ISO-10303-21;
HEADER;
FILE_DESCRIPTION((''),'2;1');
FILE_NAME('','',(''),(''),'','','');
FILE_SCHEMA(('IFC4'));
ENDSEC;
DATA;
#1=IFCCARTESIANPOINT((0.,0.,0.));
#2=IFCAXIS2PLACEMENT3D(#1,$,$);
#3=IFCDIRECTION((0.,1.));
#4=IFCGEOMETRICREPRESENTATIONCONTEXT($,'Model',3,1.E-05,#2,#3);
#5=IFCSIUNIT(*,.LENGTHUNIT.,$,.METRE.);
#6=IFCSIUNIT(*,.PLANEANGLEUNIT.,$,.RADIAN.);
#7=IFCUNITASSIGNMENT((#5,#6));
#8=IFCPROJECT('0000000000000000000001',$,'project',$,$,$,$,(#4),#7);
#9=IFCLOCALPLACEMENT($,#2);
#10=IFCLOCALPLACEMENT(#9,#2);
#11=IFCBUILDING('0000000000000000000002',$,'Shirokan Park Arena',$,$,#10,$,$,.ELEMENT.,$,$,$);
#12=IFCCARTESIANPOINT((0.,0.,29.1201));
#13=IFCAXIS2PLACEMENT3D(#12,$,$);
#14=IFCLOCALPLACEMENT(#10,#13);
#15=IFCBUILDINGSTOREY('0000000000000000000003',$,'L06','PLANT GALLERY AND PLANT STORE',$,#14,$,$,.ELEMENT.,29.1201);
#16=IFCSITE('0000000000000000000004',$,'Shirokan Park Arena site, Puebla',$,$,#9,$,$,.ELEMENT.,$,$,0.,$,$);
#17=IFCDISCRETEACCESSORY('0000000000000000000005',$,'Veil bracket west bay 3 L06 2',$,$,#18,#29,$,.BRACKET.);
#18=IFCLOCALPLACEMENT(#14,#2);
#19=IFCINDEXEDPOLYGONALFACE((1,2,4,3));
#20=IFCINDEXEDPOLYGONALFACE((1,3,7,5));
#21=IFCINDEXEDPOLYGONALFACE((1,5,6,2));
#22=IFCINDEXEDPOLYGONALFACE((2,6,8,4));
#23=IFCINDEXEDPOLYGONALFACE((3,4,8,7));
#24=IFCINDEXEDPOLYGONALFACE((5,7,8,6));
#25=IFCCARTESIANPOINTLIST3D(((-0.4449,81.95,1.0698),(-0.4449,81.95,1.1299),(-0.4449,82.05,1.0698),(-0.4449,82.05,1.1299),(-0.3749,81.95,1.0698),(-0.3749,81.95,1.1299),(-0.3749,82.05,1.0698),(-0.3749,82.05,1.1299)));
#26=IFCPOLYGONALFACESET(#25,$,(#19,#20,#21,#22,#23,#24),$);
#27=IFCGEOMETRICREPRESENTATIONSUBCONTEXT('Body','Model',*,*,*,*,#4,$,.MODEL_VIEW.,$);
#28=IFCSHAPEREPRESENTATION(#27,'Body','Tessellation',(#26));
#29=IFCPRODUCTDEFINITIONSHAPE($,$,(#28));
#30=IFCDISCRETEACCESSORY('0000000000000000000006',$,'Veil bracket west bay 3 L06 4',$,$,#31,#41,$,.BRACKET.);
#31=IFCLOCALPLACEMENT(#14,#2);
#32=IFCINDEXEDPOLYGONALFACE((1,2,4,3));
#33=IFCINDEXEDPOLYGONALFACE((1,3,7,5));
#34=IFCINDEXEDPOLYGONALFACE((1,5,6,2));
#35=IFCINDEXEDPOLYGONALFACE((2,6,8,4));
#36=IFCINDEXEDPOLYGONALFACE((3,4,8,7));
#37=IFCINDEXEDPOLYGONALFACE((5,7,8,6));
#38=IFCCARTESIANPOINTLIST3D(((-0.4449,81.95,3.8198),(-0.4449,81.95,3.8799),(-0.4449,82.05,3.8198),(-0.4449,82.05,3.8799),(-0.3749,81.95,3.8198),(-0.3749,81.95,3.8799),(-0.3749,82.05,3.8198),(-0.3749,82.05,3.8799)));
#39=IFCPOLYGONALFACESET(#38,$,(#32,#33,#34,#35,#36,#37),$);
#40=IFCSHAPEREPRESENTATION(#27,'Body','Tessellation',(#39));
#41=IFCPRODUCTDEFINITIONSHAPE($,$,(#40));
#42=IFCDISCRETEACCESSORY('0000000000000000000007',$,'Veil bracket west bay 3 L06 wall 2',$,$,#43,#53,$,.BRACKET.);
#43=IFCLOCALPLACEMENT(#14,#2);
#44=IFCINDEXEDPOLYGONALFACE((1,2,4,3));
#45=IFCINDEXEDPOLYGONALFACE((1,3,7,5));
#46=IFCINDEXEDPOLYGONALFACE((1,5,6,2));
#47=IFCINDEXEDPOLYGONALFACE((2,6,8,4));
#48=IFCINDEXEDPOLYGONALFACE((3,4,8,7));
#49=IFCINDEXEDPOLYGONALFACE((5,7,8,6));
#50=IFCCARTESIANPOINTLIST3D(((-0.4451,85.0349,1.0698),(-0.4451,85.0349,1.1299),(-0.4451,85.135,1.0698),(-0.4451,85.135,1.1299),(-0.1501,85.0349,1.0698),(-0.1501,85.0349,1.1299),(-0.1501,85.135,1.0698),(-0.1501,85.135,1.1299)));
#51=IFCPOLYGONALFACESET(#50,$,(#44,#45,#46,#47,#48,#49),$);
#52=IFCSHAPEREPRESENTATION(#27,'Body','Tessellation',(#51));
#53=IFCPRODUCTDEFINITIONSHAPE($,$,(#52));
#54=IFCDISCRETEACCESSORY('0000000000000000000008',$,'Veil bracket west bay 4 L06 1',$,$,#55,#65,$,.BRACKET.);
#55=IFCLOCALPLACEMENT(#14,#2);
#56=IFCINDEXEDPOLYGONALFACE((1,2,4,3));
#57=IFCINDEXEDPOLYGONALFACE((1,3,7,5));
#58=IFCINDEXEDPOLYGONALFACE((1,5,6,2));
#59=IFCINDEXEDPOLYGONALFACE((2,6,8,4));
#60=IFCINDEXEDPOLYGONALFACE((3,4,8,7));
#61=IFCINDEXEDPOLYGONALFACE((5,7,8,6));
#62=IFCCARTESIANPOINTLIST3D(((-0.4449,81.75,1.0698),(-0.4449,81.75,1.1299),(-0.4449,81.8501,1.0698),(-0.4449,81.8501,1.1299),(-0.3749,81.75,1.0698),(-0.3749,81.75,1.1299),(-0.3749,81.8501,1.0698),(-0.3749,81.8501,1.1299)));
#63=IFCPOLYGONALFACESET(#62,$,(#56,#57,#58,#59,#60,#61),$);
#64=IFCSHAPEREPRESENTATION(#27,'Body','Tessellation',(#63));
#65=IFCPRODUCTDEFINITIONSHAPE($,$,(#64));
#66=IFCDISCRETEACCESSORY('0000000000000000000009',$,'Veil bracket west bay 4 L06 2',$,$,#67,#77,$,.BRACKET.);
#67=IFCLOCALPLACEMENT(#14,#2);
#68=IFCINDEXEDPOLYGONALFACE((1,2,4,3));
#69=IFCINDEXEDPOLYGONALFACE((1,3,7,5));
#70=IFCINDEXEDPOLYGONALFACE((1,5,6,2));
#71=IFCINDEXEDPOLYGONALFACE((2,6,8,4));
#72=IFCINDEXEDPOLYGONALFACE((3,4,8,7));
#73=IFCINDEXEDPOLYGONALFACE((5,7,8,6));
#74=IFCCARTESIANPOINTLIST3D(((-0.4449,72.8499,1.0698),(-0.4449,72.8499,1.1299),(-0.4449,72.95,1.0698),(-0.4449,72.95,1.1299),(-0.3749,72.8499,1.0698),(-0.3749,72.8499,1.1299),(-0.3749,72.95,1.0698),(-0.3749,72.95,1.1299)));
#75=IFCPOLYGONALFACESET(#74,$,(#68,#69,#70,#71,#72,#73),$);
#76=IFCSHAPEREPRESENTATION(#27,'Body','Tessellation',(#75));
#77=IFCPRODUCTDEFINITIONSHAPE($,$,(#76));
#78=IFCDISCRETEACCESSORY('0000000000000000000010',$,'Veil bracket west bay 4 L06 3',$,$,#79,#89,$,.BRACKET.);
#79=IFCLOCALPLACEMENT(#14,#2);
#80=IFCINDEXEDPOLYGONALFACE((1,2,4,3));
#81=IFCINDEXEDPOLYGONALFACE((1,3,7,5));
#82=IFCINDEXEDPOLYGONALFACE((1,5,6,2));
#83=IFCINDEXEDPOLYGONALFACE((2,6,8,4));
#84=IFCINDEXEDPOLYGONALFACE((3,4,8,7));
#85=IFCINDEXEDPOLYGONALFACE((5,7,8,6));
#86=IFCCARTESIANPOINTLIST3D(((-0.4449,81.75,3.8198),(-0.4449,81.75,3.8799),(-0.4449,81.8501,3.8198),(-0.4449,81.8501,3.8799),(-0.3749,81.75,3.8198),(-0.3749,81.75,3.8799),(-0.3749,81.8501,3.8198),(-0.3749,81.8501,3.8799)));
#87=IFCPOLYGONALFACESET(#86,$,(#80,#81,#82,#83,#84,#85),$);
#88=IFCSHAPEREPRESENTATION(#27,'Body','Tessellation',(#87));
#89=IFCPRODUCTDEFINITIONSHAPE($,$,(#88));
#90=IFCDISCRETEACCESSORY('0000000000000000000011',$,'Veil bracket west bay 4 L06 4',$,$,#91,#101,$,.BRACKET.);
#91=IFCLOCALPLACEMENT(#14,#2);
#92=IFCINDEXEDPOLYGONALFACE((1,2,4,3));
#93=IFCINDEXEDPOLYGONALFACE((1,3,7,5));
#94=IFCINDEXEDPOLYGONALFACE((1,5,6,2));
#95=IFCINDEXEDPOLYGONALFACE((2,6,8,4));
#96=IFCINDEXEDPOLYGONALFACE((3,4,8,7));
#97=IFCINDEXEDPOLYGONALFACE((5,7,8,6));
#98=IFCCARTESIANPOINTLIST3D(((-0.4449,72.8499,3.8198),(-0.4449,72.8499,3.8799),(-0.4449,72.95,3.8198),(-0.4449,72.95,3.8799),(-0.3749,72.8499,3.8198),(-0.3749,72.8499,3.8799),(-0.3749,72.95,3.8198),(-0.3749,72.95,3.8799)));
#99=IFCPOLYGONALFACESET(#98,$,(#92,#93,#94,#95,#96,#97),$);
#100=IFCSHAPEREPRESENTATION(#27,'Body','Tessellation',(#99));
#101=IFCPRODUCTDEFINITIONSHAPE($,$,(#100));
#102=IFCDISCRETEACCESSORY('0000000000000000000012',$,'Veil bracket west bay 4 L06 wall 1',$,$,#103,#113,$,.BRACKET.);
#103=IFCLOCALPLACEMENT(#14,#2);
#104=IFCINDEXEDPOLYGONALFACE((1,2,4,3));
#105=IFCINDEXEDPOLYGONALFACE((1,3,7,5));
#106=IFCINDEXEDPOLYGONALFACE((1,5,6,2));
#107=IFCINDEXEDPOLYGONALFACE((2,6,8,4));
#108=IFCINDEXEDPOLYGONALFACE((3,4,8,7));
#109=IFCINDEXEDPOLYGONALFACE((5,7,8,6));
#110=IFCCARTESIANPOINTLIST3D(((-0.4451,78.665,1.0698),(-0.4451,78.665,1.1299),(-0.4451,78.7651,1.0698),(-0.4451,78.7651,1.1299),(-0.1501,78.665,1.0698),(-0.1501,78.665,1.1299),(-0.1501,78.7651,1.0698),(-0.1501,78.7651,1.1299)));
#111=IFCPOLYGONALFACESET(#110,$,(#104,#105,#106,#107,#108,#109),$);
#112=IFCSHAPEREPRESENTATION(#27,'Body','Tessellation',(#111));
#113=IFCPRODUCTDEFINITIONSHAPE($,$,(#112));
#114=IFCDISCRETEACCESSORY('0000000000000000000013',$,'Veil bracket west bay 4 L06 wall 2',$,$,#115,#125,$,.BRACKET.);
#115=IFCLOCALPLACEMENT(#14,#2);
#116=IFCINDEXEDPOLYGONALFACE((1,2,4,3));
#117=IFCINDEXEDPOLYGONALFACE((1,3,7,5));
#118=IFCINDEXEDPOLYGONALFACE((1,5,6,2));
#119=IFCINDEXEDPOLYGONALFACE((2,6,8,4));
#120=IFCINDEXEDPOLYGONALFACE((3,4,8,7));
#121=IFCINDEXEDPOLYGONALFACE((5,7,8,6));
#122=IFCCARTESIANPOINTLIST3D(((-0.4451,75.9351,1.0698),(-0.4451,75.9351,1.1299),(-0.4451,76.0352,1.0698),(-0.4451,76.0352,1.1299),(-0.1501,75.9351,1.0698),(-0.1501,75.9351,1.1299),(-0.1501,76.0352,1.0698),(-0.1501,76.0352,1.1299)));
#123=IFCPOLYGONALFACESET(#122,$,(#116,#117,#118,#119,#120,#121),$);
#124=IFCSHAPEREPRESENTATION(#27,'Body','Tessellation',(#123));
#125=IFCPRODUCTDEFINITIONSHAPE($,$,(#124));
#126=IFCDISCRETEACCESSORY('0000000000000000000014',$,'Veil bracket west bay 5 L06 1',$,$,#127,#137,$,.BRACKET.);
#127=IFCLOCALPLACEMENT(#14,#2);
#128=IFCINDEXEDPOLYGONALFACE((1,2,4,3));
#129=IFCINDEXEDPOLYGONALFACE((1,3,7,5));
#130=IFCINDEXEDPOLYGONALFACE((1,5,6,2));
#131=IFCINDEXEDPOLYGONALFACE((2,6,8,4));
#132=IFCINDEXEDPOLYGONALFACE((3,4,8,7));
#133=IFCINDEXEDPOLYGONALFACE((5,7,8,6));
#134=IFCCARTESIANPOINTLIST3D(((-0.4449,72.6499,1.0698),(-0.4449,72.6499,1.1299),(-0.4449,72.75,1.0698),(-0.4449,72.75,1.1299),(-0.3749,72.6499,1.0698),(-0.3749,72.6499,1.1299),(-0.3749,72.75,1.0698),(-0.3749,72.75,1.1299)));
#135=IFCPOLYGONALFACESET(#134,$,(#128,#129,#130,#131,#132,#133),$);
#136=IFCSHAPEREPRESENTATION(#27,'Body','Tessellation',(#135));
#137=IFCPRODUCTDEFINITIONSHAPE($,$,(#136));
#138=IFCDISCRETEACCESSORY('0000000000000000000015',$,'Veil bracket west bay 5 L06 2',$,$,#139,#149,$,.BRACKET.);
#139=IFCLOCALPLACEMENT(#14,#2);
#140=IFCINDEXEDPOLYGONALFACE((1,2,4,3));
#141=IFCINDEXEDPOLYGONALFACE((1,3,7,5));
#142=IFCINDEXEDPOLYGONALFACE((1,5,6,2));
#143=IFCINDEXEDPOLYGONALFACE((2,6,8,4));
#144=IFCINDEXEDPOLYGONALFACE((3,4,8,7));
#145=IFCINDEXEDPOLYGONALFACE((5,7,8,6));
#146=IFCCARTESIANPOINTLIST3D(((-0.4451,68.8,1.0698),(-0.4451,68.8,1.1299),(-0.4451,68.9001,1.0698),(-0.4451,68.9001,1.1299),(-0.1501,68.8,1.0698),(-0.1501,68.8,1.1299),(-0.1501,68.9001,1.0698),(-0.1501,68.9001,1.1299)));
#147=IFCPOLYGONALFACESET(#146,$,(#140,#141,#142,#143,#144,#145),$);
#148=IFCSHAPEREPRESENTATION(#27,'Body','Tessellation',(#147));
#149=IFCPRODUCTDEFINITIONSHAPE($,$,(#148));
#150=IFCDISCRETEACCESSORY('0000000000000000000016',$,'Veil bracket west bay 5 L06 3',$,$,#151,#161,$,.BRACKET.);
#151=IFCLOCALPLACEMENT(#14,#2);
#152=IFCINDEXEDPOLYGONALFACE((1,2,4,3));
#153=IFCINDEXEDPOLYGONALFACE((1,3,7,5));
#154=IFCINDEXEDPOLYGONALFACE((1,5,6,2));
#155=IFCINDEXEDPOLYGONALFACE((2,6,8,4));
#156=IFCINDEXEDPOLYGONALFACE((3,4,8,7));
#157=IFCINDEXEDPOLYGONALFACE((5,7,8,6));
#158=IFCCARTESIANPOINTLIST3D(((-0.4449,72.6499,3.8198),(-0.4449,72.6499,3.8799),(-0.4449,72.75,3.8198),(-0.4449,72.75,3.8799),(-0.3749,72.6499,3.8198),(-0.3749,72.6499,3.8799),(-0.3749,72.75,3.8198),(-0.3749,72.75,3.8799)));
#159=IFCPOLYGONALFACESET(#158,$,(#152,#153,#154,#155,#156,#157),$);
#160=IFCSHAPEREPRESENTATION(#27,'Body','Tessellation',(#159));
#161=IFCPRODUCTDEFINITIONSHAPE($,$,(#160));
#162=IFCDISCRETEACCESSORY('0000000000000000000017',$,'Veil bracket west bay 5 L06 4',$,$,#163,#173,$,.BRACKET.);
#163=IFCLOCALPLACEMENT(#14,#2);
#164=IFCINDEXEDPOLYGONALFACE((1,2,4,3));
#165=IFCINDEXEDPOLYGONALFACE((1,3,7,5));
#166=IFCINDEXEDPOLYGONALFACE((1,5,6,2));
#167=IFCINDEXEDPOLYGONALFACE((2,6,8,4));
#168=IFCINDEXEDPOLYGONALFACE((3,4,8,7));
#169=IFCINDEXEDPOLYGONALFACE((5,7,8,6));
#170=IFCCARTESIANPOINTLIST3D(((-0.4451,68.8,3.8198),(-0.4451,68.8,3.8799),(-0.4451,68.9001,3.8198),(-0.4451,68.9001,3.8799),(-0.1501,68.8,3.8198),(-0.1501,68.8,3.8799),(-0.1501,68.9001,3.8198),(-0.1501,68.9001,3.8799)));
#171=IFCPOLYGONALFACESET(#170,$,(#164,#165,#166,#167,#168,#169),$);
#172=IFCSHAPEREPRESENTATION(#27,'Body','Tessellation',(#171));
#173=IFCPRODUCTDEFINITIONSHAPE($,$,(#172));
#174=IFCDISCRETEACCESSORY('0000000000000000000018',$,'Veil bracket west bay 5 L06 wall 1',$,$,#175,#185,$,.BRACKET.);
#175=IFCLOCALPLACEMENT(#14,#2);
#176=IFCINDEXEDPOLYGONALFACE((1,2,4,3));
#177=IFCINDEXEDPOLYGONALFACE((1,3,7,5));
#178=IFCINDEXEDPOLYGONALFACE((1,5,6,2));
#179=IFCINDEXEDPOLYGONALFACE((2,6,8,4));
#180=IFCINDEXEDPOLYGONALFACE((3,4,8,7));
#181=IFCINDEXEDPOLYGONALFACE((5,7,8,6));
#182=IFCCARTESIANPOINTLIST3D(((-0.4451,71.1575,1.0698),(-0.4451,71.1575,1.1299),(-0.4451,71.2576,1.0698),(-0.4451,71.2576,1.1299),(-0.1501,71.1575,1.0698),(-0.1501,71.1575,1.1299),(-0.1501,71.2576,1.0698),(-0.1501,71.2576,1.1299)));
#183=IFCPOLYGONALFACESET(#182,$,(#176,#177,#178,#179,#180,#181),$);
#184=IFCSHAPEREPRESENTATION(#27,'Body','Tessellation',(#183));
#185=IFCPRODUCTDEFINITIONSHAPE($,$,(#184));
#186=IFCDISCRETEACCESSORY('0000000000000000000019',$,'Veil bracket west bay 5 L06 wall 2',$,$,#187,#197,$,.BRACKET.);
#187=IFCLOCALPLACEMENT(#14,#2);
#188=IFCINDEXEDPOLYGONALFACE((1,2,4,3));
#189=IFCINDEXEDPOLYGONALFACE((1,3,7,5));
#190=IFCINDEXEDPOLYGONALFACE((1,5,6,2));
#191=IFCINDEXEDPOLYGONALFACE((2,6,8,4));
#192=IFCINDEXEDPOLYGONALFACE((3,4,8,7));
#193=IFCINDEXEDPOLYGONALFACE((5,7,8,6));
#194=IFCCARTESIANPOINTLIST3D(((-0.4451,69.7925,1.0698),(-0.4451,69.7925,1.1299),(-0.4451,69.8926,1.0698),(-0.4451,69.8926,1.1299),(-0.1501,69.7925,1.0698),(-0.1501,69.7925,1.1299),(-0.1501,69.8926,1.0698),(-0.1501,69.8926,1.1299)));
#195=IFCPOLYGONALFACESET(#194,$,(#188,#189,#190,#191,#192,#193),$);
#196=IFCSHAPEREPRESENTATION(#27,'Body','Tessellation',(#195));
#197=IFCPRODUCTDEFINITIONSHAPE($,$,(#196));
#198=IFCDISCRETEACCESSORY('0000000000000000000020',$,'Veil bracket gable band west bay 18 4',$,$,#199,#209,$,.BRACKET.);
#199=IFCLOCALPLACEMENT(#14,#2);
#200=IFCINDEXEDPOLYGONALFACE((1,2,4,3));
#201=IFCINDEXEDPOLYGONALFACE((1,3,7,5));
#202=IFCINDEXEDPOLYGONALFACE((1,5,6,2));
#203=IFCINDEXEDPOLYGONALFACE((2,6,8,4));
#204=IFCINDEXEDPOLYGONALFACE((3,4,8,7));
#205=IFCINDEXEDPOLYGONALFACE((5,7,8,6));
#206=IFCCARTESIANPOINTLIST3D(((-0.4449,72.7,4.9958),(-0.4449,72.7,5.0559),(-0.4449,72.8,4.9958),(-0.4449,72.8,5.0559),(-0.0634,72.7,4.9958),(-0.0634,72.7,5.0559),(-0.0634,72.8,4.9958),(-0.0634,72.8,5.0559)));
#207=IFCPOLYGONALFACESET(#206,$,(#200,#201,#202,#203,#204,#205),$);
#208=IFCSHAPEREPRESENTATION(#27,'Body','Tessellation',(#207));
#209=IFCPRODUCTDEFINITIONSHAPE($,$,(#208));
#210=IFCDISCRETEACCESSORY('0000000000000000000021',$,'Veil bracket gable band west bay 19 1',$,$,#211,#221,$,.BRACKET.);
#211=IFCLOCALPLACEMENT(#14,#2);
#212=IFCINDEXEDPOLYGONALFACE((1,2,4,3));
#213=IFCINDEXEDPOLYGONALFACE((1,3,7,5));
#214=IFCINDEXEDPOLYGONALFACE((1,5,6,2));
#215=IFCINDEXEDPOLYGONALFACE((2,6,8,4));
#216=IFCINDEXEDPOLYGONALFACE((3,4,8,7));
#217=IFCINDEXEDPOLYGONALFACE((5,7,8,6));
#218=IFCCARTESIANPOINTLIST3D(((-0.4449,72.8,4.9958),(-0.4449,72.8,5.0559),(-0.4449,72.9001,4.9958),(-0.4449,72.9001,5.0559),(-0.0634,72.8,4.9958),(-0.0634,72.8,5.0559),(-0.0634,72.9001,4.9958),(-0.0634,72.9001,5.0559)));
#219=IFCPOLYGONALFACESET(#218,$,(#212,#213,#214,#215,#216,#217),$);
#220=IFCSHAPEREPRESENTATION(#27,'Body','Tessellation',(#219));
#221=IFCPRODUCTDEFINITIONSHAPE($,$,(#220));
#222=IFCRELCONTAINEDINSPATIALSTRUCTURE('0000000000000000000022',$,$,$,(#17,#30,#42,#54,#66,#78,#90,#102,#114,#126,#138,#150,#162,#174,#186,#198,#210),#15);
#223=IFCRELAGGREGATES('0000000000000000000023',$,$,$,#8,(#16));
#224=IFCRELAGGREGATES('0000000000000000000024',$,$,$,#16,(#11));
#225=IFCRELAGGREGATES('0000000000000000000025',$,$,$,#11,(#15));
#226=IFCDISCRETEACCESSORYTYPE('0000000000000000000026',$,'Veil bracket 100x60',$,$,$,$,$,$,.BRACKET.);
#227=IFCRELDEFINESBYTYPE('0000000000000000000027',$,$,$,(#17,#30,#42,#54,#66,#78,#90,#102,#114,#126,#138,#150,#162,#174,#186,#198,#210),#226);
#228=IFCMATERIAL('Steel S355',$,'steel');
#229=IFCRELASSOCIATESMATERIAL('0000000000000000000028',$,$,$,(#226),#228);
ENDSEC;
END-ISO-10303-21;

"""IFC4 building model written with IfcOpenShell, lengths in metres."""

from ifc_helpers import new_model, si_unit, direction, frame, origin, origin_2d, place, context, subcontext, project, spatial, rectangle, extrude, material, type_object, element, save


model = new_model("IFC4")

# Units and contexts
model_context = context("Model", 3, precision=1e-05, world=origin(), true_north=direction((0.0, 1.0)))
body_context = subcontext(model_context, "Body", "Model", "MODEL_VIEW")
ifc_project = project(units=[si_unit("LENGTHUNIT", "METRE"), si_unit("PLANEANGLEUNIT", "RADIAN")], contexts=[model_context])

# Site, building, storey
site_placement = place(None, origin())
site = spatial("IfcSite", under=ifc_project, at=site_placement, Name="Shirokan Park Arena site, Puebla", CompositionType="ELEMENT", RefElevation=0.0)
building_placement = place(site_placement, origin())
building = spatial("IfcBuilding", under=site, at=building_placement, Name="Shirokan Park Arena", CompositionType="ELEMENT")
storey_placement = place(building_placement, frame((0.0, 0.0, 29.1201)))
storey = spatial("IfcBuildingStorey", under=building, at=storey_placement, Name="L06", Description="PLANT GALLERY AND PLANT STORE", CompositionType="ELEMENT", Elevation=29.1201)

# Discrete accessories
ifc_material_1 = material(Name="Steel S355", Category="steel")
discrete_accessory_type = type_object("IfcDiscreteAccessoryType", Name="Veil bracket 100x60", PredefinedType="BRACKET", material=ifc_material_1)
for number, where, z_axis, x_axis, name in (
    (1, (-0.4099, 82.0, 1.0698), (0.0, 0.0, 1.0), (0.0, -1.0, 0.0), "Veil bracket west bay 3 L06 2"),
    (2, (-0.4099, 82.0, 3.8198), (0.0, 0.0, 1.0), (0.0, -1.0, 0.0), "Veil bracket west bay 3 L06 4"),
):
    element("IfcDiscreteAccessory", number, at=place(storey_placement, frame(where, z_axis=z_axis, x_axis=x_axis)), inside=storey, type_object=discrete_accessory_type, Name=name, PredefinedType="BRACKET", context=body_context, shape_type="SweptSolid", body=[
        extrude(rectangle(XDim=0.1001, YDim=0.0701, at=origin_2d()), origin(), (0.0, 0.0, 1.0), 0.0601),
    ])
discrete_accessory_1_placement = place(storey_placement, frame((-0.2976, 85.085, 1.0698), z_axis=(0.0, 0.0, 1.0), x_axis=(0.0, -1.0, 0.0)))
element("IfcDiscreteAccessory", 3, at=discrete_accessory_1_placement, inside=storey, type_object=discrete_accessory_type, Name="Veil bracket west bay 3 L06 wall 2", PredefinedType="BRACKET", context=body_context, shape_type="SweptSolid", body=[
    extrude(rectangle(XDim=0.1001, YDim=0.2949, at=origin_2d()), origin(), (0.0, 0.0, 1.0), 0.0601),
])
for number, where, z_axis, x_axis, name in (
    (4, (-0.4099, 81.8, 1.0698), (0.0, 0.0, 1.0), (0.0, -1.0, 0.0), "Veil bracket west bay 4 L06 1"),
    (5, (-0.4099, 72.8999, 1.0698), (0.0, 0.0, 1.0), (0.0, -1.0, 0.0), "Veil bracket west bay 4 L06 2"),
    (6, (-0.4099, 81.8, 3.8198), (0.0, 0.0, 1.0), (0.0, -1.0, 0.0), "Veil bracket west bay 4 L06 3"),
    (7, (-0.4099, 72.8999, 3.8198), (0.0, 0.0, 1.0), (0.0, -1.0, 0.0), "Veil bracket west bay 4 L06 4"),
):
    element("IfcDiscreteAccessory", number, at=place(storey_placement, frame(where, z_axis=z_axis, x_axis=x_axis)), inside=storey, type_object=discrete_accessory_type, Name=name, PredefinedType="BRACKET", context=body_context, shape_type="SweptSolid", body=[
        extrude(rectangle(XDim=0.1001, YDim=0.0701, at=origin_2d()), origin(), (0.0, 0.0, 1.0), 0.0601),
    ])
for number, where, z_axis, x_axis, name in (
    (8, (-0.2976, 78.7151, 1.0698), (0.0, 0.0, 1.0), (0.0, -1.0, 0.0), "Veil bracket west bay 4 L06 wall 1"),
    (9, (-0.2976, 75.9851, 1.0698), (0.0, 0.0, 1.0), (0.0, -1.0, 0.0), "Veil bracket west bay 4 L06 wall 2"),
):
    element("IfcDiscreteAccessory", number, at=place(storey_placement, frame(where, z_axis=z_axis, x_axis=x_axis)), inside=storey, type_object=discrete_accessory_type, Name=name, PredefinedType="BRACKET", context=body_context, shape_type="SweptSolid", body=[
        extrude(rectangle(XDim=0.1001, YDim=0.2949, at=origin_2d()), origin(), (0.0, 0.0, 1.0), 0.0601),
    ])
discrete_accessory_2_placement = place(storey_placement, frame((-0.4099, 72.7, 1.0698), z_axis=(0.0, 0.0, 1.0), x_axis=(0.0, -1.0, 0.0)))
element("IfcDiscreteAccessory", 10, at=discrete_accessory_2_placement, inside=storey, type_object=discrete_accessory_type, Name="Veil bracket west bay 5 L06 1", PredefinedType="BRACKET", context=body_context, shape_type="SweptSolid", body=[
    extrude(rectangle(XDim=0.1001, YDim=0.0701, at=origin_2d()), origin(), (0.0, 0.0, 1.0), 0.0601),
])
discrete_accessory_3_placement = place(storey_placement, frame((-0.2976, 68.8501, 1.0698), z_axis=(0.0, 0.0, 1.0), x_axis=(0.0, -1.0, 0.0)))
element("IfcDiscreteAccessory", 11, at=discrete_accessory_3_placement, inside=storey, type_object=discrete_accessory_type, Name="Veil bracket west bay 5 L06 2", PredefinedType="BRACKET", context=body_context, shape_type="SweptSolid", body=[
    extrude(rectangle(XDim=0.1001, YDim=0.2949, at=origin_2d()), origin(), (0.0, 0.0, 1.0), 0.0601),
])
discrete_accessory_4_placement = place(storey_placement, frame((-0.4099, 72.7, 3.8198), z_axis=(0.0, 0.0, 1.0), x_axis=(0.0, -1.0, 0.0)))
element("IfcDiscreteAccessory", 12, at=discrete_accessory_4_placement, inside=storey, type_object=discrete_accessory_type, Name="Veil bracket west bay 5 L06 3", PredefinedType="BRACKET", context=body_context, shape_type="SweptSolid", body=[
    extrude(rectangle(XDim=0.1001, YDim=0.0701, at=origin_2d()), origin(), (0.0, 0.0, 1.0), 0.0601),
])
for number, where, z_axis, x_axis, name in (
    (13, (-0.2976, 68.8501, 3.8198), (0.0, 0.0, 1.0), (0.0, -1.0, 0.0), "Veil bracket west bay 5 L06 4"),
    (14, (-0.2976, 71.2075, 1.0698), (0.0, 0.0, 1.0), (0.0, -1.0, 0.0), "Veil bracket west bay 5 L06 wall 1"),
    (15, (-0.2976, 69.8425, 1.0698), (0.0, 0.0, 1.0), (0.0, -1.0, 0.0), "Veil bracket west bay 5 L06 wall 2"),
):
    element("IfcDiscreteAccessory", number, at=place(storey_placement, frame(where, z_axis=z_axis, x_axis=x_axis)), inside=storey, type_object=discrete_accessory_type, Name=name, PredefinedType="BRACKET", context=body_context, shape_type="SweptSolid", body=[
        extrude(rectangle(XDim=0.1001, YDim=0.2949, at=origin_2d()), origin(), (0.0, 0.0, 1.0), 0.0601),
    ])
for number, where, z_axis, x_axis, name in (
    (16, (-0.2542, 72.75, 4.9958), (0.0, 0.0, 1.0), (1.0, 0.0, 0.0), "Veil bracket gable band west bay 18 4"),
    (17, (-0.2542, 72.8501, 4.9958), (0.0, 0.0, 1.0), (1.0, 0.0, 0.0), "Veil bracket gable band west bay 19 1"),
):
    element("IfcDiscreteAccessory", number, at=place(storey_placement, frame(where, z_axis=z_axis, x_axis=x_axis)), inside=storey, type_object=discrete_accessory_type, Name=name, PredefinedType="BRACKET", context=body_context, shape_type="SweptSolid", body=[
        extrude(rectangle(XDim=0.3816, YDim=0.1001, at=origin_2d()), origin(), (0.0, 0.0, 1.0), 0.0601),
    ])

save(model, "model.ifc")
